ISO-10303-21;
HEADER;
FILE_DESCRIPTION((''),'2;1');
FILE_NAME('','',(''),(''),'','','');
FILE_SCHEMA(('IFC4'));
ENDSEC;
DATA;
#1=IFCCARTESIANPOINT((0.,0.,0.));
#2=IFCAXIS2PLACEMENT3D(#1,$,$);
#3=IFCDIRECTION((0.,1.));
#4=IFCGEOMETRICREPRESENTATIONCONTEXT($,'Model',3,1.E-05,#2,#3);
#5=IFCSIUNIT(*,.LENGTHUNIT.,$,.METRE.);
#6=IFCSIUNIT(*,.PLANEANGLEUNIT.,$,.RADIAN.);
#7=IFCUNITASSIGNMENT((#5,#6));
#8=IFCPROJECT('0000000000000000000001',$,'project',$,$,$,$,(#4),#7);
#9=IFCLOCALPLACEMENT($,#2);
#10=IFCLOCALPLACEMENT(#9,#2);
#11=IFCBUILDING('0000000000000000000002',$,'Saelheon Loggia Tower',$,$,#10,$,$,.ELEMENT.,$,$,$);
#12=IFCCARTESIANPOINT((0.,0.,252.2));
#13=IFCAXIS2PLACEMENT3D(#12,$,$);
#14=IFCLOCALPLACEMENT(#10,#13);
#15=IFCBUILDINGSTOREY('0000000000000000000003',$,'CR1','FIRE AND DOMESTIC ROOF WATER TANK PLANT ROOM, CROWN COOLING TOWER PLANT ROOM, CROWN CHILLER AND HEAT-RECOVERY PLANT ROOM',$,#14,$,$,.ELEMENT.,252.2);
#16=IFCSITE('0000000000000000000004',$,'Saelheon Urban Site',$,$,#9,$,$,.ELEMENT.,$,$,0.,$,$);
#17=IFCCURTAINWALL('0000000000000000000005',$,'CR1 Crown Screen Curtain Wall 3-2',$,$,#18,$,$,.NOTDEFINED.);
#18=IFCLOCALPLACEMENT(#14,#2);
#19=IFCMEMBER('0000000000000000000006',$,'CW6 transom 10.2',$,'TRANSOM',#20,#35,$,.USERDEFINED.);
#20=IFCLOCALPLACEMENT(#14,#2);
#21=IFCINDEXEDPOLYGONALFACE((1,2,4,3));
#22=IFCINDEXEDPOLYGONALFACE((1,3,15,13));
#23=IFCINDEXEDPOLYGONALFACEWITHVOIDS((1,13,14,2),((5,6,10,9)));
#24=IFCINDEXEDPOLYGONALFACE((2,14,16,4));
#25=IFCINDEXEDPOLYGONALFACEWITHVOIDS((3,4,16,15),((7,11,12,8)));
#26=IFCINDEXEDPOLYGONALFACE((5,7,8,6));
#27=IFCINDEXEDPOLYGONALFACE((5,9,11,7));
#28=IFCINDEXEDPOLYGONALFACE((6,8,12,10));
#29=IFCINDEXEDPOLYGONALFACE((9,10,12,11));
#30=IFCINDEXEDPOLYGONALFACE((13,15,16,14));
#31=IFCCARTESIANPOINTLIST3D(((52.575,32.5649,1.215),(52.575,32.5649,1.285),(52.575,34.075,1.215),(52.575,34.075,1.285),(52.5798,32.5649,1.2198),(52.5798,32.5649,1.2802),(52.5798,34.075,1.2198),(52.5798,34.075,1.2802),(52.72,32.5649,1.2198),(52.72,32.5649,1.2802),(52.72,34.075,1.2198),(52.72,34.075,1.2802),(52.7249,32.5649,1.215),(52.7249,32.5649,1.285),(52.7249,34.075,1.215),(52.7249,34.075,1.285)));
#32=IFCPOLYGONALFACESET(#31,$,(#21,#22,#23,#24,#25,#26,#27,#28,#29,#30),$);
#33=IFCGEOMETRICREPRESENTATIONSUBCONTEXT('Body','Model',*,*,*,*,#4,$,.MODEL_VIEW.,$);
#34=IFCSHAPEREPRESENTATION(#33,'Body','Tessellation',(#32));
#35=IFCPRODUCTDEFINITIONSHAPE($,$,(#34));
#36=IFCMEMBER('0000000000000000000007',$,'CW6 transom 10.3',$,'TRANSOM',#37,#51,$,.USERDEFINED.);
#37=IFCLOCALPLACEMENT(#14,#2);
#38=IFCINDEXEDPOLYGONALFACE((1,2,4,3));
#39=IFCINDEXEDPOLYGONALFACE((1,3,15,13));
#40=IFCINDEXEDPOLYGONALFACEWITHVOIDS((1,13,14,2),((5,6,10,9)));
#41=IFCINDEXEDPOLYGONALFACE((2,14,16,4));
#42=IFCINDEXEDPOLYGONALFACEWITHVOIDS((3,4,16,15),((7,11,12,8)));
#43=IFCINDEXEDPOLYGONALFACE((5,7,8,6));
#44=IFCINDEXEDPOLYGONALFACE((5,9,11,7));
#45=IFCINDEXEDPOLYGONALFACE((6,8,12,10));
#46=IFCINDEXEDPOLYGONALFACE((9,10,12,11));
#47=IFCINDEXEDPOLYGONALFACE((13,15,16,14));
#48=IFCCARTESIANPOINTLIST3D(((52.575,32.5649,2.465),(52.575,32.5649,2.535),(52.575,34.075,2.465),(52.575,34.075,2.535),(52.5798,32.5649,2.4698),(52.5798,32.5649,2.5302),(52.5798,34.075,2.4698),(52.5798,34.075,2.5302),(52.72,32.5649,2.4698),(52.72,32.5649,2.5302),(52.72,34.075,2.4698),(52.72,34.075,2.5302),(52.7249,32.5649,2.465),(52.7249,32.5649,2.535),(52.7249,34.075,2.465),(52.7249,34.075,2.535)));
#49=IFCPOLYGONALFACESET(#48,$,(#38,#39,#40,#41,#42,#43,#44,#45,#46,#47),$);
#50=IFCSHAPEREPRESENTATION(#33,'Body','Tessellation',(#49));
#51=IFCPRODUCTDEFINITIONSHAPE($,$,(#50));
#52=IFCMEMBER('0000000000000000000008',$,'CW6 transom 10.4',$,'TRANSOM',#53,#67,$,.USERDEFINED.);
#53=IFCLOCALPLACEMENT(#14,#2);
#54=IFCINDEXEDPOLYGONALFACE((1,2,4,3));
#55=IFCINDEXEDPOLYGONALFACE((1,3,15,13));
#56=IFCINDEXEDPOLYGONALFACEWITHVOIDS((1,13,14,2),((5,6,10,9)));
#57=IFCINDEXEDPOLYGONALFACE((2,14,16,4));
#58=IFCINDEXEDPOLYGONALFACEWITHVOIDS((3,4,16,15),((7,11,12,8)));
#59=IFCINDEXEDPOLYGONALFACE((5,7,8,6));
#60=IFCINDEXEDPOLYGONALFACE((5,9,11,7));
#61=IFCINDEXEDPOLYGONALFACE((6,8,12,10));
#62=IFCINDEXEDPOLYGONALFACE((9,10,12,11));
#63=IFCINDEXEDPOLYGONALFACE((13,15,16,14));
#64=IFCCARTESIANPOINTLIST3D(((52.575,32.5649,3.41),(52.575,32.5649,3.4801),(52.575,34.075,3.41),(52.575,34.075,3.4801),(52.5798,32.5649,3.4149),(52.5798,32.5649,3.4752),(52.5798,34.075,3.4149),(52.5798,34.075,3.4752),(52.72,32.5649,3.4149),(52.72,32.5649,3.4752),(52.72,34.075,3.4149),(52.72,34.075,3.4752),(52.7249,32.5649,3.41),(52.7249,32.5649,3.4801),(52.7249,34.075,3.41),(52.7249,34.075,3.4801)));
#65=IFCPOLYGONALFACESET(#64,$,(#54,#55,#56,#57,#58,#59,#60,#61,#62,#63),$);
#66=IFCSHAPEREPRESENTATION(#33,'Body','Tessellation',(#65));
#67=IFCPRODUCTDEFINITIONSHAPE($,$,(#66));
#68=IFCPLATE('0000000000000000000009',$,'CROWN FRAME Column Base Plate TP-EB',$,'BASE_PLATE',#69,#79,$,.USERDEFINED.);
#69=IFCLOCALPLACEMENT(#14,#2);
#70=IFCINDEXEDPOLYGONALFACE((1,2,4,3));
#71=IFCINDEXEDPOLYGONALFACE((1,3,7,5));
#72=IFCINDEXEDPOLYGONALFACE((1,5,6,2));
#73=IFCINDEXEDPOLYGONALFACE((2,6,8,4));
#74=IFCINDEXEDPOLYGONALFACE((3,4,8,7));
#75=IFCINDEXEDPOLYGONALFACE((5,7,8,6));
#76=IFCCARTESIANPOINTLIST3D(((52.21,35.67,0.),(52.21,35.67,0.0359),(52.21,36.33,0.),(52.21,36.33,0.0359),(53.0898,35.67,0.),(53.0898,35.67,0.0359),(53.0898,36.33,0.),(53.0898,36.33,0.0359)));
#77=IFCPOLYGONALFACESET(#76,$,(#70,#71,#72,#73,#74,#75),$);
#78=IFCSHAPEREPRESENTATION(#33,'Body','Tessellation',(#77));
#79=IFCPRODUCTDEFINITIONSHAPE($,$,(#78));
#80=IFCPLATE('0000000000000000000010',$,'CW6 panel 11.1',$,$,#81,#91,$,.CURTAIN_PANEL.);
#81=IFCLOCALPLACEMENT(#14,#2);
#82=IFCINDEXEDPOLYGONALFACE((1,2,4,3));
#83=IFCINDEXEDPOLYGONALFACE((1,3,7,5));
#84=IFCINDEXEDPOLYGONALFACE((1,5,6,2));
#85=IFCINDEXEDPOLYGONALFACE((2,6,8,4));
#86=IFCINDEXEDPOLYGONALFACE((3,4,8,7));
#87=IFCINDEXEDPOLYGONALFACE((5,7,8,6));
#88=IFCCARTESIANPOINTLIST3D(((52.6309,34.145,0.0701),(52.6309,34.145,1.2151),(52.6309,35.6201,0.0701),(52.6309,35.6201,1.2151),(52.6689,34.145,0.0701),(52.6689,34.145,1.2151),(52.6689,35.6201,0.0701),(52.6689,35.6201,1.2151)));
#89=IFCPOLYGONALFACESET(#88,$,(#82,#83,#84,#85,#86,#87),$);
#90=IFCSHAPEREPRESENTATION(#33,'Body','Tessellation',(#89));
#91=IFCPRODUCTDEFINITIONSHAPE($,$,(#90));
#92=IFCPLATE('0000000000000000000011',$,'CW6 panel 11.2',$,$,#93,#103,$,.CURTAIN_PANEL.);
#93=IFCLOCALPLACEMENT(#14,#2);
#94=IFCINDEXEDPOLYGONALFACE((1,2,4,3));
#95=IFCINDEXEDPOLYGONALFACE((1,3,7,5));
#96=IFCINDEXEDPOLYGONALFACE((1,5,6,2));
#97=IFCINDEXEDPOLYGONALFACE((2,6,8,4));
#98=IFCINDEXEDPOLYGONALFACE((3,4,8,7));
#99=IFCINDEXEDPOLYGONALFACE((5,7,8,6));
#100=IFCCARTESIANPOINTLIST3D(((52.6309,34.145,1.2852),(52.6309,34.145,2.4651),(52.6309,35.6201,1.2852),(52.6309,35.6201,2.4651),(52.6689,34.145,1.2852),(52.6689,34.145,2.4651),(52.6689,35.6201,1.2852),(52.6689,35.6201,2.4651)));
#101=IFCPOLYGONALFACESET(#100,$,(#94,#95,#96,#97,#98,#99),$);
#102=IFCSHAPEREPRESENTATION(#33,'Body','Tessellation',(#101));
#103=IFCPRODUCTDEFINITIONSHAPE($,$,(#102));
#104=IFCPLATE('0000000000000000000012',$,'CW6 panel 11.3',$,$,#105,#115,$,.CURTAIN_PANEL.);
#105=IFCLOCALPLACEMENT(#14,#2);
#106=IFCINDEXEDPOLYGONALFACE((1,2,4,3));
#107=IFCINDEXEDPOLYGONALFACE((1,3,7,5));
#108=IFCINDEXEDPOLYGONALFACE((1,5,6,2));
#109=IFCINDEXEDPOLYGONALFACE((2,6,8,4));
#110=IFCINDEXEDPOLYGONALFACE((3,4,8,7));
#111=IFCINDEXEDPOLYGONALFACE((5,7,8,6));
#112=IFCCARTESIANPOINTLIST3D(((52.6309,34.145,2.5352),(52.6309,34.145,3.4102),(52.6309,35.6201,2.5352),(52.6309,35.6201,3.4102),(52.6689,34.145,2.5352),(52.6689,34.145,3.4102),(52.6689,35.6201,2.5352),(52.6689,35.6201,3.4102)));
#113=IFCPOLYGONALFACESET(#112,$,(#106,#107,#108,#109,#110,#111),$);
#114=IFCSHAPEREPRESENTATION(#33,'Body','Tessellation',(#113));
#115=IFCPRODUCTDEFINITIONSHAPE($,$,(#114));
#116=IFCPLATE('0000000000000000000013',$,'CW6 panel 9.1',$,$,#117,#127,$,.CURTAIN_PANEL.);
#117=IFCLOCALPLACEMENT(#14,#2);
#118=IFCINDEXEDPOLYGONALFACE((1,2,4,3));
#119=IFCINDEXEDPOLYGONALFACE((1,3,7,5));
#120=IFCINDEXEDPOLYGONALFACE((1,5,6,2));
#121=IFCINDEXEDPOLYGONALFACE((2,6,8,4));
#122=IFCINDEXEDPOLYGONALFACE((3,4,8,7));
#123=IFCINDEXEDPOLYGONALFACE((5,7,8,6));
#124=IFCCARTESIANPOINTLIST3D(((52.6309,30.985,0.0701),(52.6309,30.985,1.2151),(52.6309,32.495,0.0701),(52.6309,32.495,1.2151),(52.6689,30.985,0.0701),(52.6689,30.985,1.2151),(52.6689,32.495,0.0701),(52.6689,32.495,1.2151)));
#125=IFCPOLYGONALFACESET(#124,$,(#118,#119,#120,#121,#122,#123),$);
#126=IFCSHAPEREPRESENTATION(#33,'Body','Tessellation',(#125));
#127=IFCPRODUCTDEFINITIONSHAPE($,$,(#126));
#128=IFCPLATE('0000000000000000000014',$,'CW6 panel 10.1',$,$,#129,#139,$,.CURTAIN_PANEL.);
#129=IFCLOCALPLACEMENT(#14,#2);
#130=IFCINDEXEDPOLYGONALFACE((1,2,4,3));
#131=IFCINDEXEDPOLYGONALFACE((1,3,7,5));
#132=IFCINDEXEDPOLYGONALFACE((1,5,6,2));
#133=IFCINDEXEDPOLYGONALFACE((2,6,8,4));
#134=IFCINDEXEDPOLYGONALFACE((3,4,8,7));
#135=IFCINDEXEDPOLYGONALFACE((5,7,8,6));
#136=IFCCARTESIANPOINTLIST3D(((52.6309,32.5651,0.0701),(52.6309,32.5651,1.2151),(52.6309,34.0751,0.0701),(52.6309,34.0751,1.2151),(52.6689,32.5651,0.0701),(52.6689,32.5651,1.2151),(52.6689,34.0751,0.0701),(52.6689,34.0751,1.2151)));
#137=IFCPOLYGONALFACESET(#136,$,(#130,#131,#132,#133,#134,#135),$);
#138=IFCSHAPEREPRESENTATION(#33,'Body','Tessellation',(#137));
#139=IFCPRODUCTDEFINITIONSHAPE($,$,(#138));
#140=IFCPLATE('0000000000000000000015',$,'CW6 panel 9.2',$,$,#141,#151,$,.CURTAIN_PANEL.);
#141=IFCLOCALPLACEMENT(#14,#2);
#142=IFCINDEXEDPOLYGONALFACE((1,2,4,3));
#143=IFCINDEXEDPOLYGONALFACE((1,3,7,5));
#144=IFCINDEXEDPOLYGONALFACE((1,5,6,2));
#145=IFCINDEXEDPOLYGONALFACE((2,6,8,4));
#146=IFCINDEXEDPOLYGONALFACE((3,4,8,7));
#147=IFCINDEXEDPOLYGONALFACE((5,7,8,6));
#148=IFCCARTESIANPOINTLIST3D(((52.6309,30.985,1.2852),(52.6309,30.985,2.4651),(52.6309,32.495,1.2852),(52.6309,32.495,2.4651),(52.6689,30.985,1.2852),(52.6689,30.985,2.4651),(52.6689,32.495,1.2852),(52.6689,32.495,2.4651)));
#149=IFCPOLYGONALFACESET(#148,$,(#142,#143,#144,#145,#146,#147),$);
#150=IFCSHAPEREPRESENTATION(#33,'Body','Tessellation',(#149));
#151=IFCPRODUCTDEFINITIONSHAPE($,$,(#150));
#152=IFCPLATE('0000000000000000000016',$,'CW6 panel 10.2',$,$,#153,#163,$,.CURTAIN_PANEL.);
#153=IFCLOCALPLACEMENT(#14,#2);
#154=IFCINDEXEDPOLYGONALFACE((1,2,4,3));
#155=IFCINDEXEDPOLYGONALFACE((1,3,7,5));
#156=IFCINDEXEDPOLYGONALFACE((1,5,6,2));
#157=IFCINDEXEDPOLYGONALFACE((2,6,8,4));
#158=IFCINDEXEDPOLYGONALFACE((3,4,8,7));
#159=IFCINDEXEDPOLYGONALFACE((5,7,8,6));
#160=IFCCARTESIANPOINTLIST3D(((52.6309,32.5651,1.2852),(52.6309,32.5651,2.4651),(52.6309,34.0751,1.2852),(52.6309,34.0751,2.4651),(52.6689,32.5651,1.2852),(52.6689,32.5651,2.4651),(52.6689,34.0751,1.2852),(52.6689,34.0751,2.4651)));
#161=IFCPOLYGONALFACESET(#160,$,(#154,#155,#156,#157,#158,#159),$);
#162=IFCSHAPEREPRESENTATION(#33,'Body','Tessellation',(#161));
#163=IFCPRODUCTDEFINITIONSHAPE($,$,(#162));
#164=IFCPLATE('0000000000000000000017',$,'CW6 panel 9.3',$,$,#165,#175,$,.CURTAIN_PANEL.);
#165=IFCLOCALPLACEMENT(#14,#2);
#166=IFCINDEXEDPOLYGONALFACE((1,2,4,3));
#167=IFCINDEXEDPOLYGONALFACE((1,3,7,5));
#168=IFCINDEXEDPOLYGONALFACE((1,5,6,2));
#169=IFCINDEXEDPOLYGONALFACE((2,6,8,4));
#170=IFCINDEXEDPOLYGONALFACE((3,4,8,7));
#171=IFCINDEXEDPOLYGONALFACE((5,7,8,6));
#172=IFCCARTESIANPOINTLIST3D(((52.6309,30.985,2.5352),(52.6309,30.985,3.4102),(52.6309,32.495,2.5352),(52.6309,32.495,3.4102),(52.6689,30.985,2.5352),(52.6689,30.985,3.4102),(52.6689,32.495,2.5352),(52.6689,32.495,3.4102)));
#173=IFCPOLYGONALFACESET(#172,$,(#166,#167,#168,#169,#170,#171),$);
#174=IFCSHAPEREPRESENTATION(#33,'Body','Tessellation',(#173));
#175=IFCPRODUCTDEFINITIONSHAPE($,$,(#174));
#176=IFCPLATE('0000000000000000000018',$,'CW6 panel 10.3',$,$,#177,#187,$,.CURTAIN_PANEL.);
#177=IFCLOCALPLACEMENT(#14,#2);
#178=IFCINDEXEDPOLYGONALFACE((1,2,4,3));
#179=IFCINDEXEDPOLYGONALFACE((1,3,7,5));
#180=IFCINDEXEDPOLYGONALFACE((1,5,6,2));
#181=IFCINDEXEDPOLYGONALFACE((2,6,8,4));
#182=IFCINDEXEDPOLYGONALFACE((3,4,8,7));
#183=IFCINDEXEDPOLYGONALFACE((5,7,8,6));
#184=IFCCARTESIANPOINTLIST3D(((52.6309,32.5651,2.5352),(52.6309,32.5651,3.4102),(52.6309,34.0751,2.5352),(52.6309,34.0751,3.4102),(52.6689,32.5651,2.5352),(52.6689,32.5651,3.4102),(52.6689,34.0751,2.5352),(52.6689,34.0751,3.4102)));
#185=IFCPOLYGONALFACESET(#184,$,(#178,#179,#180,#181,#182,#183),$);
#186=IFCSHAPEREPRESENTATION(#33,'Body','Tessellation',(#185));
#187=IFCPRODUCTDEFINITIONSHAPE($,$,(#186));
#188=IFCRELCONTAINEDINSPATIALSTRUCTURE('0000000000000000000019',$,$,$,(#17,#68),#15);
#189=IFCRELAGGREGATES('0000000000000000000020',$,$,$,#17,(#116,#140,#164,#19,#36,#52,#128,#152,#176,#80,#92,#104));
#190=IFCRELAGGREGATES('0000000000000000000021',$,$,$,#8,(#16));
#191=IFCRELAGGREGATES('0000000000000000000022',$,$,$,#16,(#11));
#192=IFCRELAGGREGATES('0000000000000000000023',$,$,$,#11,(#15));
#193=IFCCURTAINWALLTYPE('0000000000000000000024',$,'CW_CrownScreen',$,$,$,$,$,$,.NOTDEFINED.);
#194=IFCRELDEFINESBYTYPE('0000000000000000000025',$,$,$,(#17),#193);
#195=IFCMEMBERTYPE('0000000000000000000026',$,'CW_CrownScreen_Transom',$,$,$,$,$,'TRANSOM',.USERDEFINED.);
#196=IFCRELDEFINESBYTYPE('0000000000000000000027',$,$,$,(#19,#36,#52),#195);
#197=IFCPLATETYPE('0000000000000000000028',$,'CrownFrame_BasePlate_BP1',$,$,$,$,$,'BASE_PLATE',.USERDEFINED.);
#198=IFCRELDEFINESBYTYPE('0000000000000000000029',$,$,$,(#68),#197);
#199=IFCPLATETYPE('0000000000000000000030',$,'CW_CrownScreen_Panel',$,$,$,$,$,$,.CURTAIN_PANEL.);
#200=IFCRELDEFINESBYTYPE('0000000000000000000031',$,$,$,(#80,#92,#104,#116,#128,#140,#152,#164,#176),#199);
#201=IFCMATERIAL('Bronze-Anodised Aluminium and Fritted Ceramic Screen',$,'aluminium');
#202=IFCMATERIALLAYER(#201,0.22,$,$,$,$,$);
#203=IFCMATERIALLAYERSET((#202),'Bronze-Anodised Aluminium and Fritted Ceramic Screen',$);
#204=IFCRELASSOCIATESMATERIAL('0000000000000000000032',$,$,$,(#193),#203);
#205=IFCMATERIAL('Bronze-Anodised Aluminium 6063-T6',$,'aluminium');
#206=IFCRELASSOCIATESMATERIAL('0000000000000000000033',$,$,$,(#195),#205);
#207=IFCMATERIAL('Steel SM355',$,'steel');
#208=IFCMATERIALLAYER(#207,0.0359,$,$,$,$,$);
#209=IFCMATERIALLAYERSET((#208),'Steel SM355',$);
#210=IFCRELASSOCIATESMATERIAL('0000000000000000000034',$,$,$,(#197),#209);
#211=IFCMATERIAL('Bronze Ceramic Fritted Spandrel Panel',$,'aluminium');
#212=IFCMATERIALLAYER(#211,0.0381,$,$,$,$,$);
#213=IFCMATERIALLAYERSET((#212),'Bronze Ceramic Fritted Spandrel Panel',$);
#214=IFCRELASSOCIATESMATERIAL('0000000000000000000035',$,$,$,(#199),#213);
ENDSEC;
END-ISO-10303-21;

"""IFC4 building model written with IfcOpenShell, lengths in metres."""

from ifc_helpers import new_model, si_unit, direction, frame, origin, origin_2d, place, context, subcontext, project, spatial, rectangle, hollow_rectangle, extrude, source, transform, mapped, material, layer, layer_set, material_profile, profile_set, type_object, element, aggregate, save


model = new_model("IFC4")

# Units and contexts
model_context = context("Model", 3, precision=1e-05, world=origin(), true_north=direction((0.0, 1.0)))
body_context = subcontext(model_context, "Body", "Model", "MODEL_VIEW")
ifc_project = project(units=[si_unit("LENGTHUNIT", "METRE"), si_unit("PLANEANGLEUNIT", "RADIAN")], contexts=[model_context])

# Site, building, storey
site_placement = place(None, origin())
site = spatial("IfcSite", under=ifc_project, at=site_placement, Name="Saelheon Urban Site", CompositionType="ELEMENT", RefElevation=0.0)
building_placement = place(site_placement, origin())
building = spatial("IfcBuilding", under=site, at=building_placement, Name="Saelheon Loggia Tower", CompositionType="ELEMENT")
storey_placement = place(building_placement, frame((0.0, 0.0, 252.2)))
storey = spatial("IfcBuildingStorey", under=building, at=storey_placement, Name="CR1", Description="FIRE AND DOMESTIC ROOF WATER TANK PLANT ROOM, CROWN COOLING TOWER PLANT ROOM, CROWN CHILLER AND HEAT-RECOVERY PLANT ROOM", CompositionType="ELEMENT", Elevation=252.2)

# Curtain wall, members
ifc_material_1 = material(Name="Bronze-Anodised Aluminium and Fritted Ceramic Screen", Category="aluminium")
ifc_layer_1 = layer(ifc_material_1, 0.22)
ifc_layer_set_1 = layer_set([ifc_layer_1], Name="Bronze-Anodised Aluminium and Fritted Ceramic Screen")
curtain_wall_type = type_object("IfcCurtainWallType", Name="CW_CrownScreen", PredefinedType="NOTDEFINED", material=ifc_layer_set_1)
curtain_wall_placement = place(storey_placement, origin())
curtain_wall = element("IfcCurtainWall", 1, at=curtain_wall_placement, inside=storey, type_object=curtain_wall_type, Name="CR1 Crown Screen Curtain Wall 3-2", PredefinedType="NOTDEFINED")
ifc_material_2 = material(Name="Bronze-Anodised Aluminium 6063-T6", Category="aluminium")
ifc_material_profile_1 = material_profile(ifc_material_2, hollow_rectangle(XDim=0.0701, YDim=0.1499, WallThickness=0.0049, at=origin_2d()), Name="RHS-150x70x5")
ifc_profile_set_1 = profile_set([ifc_material_profile_1], Name="Bronze-Anodised Aluminium 6063-T6")
member_type_1 = type_object("IfcMemberType", Name="CW_CrownScreen_Transom", ElementType="TRANSOM", PredefinedType="USERDEFINED", material=ifc_profile_set_1)
shared_shape_1 = source(origin(), body_context, "Body", "SweptSolid", [
    extrude(hollow_rectangle(XDim=0.0701, YDim=0.1499, WallThickness=0.0049, at=origin_2d()), origin(), (0.0, 0.0, 1.0), 1.51),
])
member_1_placement = place(storey_placement, frame((52.6499, 32.5649, 1.25), z_axis=(0.0, 1.0, 0.0), x_axis=(0.0, 0.0, 1.0)))
member_1 = element("IfcMember", 2, at=member_1_placement, type_object=member_type_1, Name="CW6 transom 10.2", ObjectType="TRANSOM", PredefinedType="USERDEFINED", context=body_context, shape_type="MappedRepresentation", body=[
    mapped(shared_shape_1, transform((0.0, 0.0, 0.0), scale=1.0)),
])
member_2_placement = place(storey_placement, frame((52.6499, 32.5649, 2.5), z_axis=(0.0, 1.0, 0.0), x_axis=(0.0, 0.0, 1.0)))
member_2 = element("IfcMember", 3, at=member_2_placement, type_object=member_type_1, Name="CW6 transom 10.3", ObjectType="TRANSOM", PredefinedType="USERDEFINED", context=body_context, shape_type="MappedRepresentation", body=[
    mapped(shared_shape_1, transform((0.0, 0.0, 0.0), scale=1.0)),
])
member_3_placement = place(storey_placement, frame((52.6499, 32.5649, 3.4451), z_axis=(0.0, 1.0, 0.0), x_axis=(0.0, 0.0, 1.0)))
member_3 = element("IfcMember", 4, at=member_3_placement, type_object=member_type_1, Name="CW6 transom 10.4", ObjectType="TRANSOM", PredefinedType="USERDEFINED", context=body_context, shape_type="MappedRepresentation", body=[
    mapped(shared_shape_1, transform((0.0, 0.0, 0.0), scale=1.0)),
])

# Plates
ifc_material_3 = material(Name="Steel SM355", Category="steel")
ifc_layer_2 = layer(ifc_material_3, 0.0359)
ifc_layer_set_2 = layer_set([ifc_layer_2], Name="Steel SM355")
plate_type_1 = type_object("IfcPlateType", Name="CrownFrame_BasePlate_BP1", ElementType="BASE_PLATE", PredefinedType="USERDEFINED", material=ifc_layer_set_2)
shared_shape_2 = source(origin(), body_context, "Body", "SweptSolid", [
    extrude(rectangle(XDim=0.8799, YDim=0.6599, at=origin_2d()), origin(), (0.0, 0.0, 1.0), 0.0359),
])
plate_1_placement = place(storey_placement, frame((52.6499, 36.0, 0.0), z_axis=(0.0, 0.0, 1.0), x_axis=(1.0, 0.0, 0.0)))
element("IfcPlate", 5, at=plate_1_placement, inside=storey, type_object=plate_type_1, Name="CROWN FRAME Column Base Plate TP-EB", ObjectType="BASE_PLATE", PredefinedType="USERDEFINED", context=body_context, shape_type="MappedRepresentation", body=[
    mapped(shared_shape_2, transform((0.0, 0.0, 0.0), scale=1.0)),
])
ifc_material_4 = material(Name="Bronze Ceramic Fritted Spandrel Panel", Category="aluminium")
ifc_layer_3 = layer(ifc_material_4, 0.0381)
ifc_layer_set_3 = layer_set([ifc_layer_3], Name="Bronze Ceramic Fritted Spandrel Panel")
plate_type_2 = type_object("IfcPlateType", Name="CW_CrownScreen_Panel", PredefinedType="CURTAIN_PANEL", material=ifc_layer_set_3)
shared_shape_3 = source(origin(), body_context, "Body", "SweptSolid", [
    extrude(rectangle(XDim=1.4751, YDim=0.0381, at=origin_2d()), origin(), (0.0, 0.0, 1.0), 1.145),
])
plate_2_placement = place(storey_placement, frame((52.6499, 34.8826, 0.0701), z_axis=(0.0, 0.0, 1.0), x_axis=(0.0, 1.0, 0.0)))
plate_2 = element("IfcPlate", 6, at=plate_2_placement, type_object=plate_type_2, Name="CW6 panel 11.1", PredefinedType="CURTAIN_PANEL", context=body_context, shape_type="MappedRepresentation", body=[
    mapped(shared_shape_3, transform((0.0, 0.0, 0.0), scale=1.0)),
])
shared_shape_4 = source(origin(), body_context, "Body", "SweptSolid", [
    extrude(rectangle(XDim=1.4751, YDim=0.0381, at=origin_2d()), origin(), (0.0, 0.0, 1.0), 1.1799),
])
plate_3_placement = place(storey_placement, frame((52.6499, 34.8826, 1.2852), z_axis=(0.0, 0.0, 1.0), x_axis=(0.0, 1.0, 0.0)))
plate_3 = element("IfcPlate", 7, at=plate_3_placement, type_object=plate_type_2, Name="CW6 panel 11.2", PredefinedType="CURTAIN_PANEL", context=body_context, shape_type="MappedRepresentation", body=[
    mapped(shared_shape_4, transform((0.0, 0.0, 0.0), scale=1.0)),
])
shared_shape_5 = source(origin(), body_context, "Body", "SweptSolid", [
    extrude(rectangle(XDim=1.4751, YDim=0.0381, at=origin_2d()), origin(), (0.0, 0.0, 1.0), 0.875),
])
plate_4_placement = place(storey_placement, frame((52.6499, 34.8826, 2.5352), z_axis=(0.0, 0.0, 1.0), x_axis=(0.0, 1.0, 0.0)))
plate_4 = element("IfcPlate", 8, at=plate_4_placement, type_object=plate_type_2, Name="CW6 panel 11.3", PredefinedType="CURTAIN_PANEL", context=body_context, shape_type="MappedRepresentation", body=[
    mapped(shared_shape_5, transform((0.0, 0.0, 0.0), scale=1.0)),
])
shared_shape_6 = source(origin(), body_context, "Body", "SweptSolid", [
    extrude(rectangle(XDim=1.51, YDim=0.0381, at=origin_2d()), origin(), (0.0, 0.0, 1.0), 1.145),
])
plate_5_placement = place(storey_placement, frame((52.6499, 31.74, 0.0701), z_axis=(0.0, 0.0, 1.0), x_axis=(0.0, 1.0, 0.0)))
plate_5 = element("IfcPlate", 9, at=plate_5_placement, type_object=plate_type_2, Name="CW6 panel 9.1", PredefinedType="CURTAIN_PANEL", context=body_context, shape_type="MappedRepresentation", body=[
    mapped(shared_shape_6, transform((0.0, 0.0, 0.0), scale=1.0)),
])
plate_6_placement = place(storey_placement, frame((52.6499, 33.3201, 0.0701), z_axis=(0.0, 0.0, 1.0), x_axis=(0.0, 1.0, 0.0)))
plate_6 = element("IfcPlate", 10, at=plate_6_placement, type_object=plate_type_2, Name="CW6 panel 10.1", PredefinedType="CURTAIN_PANEL", context=body_context, shape_type="MappedRepresentation", body=[
    mapped(shared_shape_6, transform((0.0, 0.0, 0.0), scale=1.0)),
])
shared_shape_7 = source(origin(), body_context, "Body", "SweptSolid", [
    extrude(rectangle(XDim=1.51, YDim=0.0381, at=origin_2d()), origin(), (0.0, 0.0, 1.0), 1.1799),
])
plate_7_placement = place(storey_placement, frame((52.6499, 31.74, 1.2852), z_axis=(0.0, 0.0, 1.0), x_axis=(0.0, 1.0, 0.0)))
plate_7 = element("IfcPlate", 11, at=plate_7_placement, type_object=plate_type_2, Name="CW6 panel 9.2", PredefinedType="CURTAIN_PANEL", context=body_context, shape_type="MappedRepresentation", body=[
    mapped(shared_shape_7, transform((0.0, 0.0, 0.0), scale=1.0)),
])
plate_8_placement = place(storey_placement, frame((52.6499, 33.3201, 1.2852), z_axis=(0.0, 0.0, 1.0), x_axis=(0.0, 1.0, 0.0)))
plate_8 = element("IfcPlate", 12, at=plate_8_placement, type_object=plate_type_2, Name="CW6 panel 10.2", PredefinedType="CURTAIN_PANEL", context=body_context, shape_type="MappedRepresentation", body=[
    mapped(shared_shape_7, transform((0.0, 0.0, 0.0), scale=1.0)),
])
shared_shape_8 = source(origin(), body_context, "Body", "SweptSolid", [
    extrude(rectangle(XDim=1.51, YDim=0.0381, at=origin_2d()), origin(), (0.0, 0.0, 1.0), 0.875),
])
plate_9_placement = place(storey_placement, frame((52.6499, 31.74, 2.5352), z_axis=(0.0, 0.0, 1.0), x_axis=(0.0, 1.0, 0.0)))
plate_9 = element("IfcPlate", 13, at=plate_9_placement, type_object=plate_type_2, Name="CW6 panel 9.3", PredefinedType="CURTAIN_PANEL", context=body_context, shape_type="MappedRepresentation", body=[
    mapped(shared_shape_8, transform((0.0, 0.0, 0.0), scale=1.0)),
])
plate_10_placement = place(storey_placement, frame((52.6499, 33.3201, 2.5352), z_axis=(0.0, 0.0, 1.0), x_axis=(0.0, 1.0, 0.0)))
plate_10 = element("IfcPlate", 14, at=plate_10_placement, type_object=plate_type_2, Name="CW6 panel 10.3", PredefinedType="CURTAIN_PANEL", context=body_context, shape_type="MappedRepresentation", body=[
    mapped(shared_shape_8, transform((0.0, 0.0, 0.0), scale=1.0)),
])
aggregate(curtain_wall, [plate_5, plate_7, plate_9, member_1, member_2, member_3, plate_6, plate_8, plate_10, plate_2, plate_3, plate_4])

save(model, "model.ifc")
